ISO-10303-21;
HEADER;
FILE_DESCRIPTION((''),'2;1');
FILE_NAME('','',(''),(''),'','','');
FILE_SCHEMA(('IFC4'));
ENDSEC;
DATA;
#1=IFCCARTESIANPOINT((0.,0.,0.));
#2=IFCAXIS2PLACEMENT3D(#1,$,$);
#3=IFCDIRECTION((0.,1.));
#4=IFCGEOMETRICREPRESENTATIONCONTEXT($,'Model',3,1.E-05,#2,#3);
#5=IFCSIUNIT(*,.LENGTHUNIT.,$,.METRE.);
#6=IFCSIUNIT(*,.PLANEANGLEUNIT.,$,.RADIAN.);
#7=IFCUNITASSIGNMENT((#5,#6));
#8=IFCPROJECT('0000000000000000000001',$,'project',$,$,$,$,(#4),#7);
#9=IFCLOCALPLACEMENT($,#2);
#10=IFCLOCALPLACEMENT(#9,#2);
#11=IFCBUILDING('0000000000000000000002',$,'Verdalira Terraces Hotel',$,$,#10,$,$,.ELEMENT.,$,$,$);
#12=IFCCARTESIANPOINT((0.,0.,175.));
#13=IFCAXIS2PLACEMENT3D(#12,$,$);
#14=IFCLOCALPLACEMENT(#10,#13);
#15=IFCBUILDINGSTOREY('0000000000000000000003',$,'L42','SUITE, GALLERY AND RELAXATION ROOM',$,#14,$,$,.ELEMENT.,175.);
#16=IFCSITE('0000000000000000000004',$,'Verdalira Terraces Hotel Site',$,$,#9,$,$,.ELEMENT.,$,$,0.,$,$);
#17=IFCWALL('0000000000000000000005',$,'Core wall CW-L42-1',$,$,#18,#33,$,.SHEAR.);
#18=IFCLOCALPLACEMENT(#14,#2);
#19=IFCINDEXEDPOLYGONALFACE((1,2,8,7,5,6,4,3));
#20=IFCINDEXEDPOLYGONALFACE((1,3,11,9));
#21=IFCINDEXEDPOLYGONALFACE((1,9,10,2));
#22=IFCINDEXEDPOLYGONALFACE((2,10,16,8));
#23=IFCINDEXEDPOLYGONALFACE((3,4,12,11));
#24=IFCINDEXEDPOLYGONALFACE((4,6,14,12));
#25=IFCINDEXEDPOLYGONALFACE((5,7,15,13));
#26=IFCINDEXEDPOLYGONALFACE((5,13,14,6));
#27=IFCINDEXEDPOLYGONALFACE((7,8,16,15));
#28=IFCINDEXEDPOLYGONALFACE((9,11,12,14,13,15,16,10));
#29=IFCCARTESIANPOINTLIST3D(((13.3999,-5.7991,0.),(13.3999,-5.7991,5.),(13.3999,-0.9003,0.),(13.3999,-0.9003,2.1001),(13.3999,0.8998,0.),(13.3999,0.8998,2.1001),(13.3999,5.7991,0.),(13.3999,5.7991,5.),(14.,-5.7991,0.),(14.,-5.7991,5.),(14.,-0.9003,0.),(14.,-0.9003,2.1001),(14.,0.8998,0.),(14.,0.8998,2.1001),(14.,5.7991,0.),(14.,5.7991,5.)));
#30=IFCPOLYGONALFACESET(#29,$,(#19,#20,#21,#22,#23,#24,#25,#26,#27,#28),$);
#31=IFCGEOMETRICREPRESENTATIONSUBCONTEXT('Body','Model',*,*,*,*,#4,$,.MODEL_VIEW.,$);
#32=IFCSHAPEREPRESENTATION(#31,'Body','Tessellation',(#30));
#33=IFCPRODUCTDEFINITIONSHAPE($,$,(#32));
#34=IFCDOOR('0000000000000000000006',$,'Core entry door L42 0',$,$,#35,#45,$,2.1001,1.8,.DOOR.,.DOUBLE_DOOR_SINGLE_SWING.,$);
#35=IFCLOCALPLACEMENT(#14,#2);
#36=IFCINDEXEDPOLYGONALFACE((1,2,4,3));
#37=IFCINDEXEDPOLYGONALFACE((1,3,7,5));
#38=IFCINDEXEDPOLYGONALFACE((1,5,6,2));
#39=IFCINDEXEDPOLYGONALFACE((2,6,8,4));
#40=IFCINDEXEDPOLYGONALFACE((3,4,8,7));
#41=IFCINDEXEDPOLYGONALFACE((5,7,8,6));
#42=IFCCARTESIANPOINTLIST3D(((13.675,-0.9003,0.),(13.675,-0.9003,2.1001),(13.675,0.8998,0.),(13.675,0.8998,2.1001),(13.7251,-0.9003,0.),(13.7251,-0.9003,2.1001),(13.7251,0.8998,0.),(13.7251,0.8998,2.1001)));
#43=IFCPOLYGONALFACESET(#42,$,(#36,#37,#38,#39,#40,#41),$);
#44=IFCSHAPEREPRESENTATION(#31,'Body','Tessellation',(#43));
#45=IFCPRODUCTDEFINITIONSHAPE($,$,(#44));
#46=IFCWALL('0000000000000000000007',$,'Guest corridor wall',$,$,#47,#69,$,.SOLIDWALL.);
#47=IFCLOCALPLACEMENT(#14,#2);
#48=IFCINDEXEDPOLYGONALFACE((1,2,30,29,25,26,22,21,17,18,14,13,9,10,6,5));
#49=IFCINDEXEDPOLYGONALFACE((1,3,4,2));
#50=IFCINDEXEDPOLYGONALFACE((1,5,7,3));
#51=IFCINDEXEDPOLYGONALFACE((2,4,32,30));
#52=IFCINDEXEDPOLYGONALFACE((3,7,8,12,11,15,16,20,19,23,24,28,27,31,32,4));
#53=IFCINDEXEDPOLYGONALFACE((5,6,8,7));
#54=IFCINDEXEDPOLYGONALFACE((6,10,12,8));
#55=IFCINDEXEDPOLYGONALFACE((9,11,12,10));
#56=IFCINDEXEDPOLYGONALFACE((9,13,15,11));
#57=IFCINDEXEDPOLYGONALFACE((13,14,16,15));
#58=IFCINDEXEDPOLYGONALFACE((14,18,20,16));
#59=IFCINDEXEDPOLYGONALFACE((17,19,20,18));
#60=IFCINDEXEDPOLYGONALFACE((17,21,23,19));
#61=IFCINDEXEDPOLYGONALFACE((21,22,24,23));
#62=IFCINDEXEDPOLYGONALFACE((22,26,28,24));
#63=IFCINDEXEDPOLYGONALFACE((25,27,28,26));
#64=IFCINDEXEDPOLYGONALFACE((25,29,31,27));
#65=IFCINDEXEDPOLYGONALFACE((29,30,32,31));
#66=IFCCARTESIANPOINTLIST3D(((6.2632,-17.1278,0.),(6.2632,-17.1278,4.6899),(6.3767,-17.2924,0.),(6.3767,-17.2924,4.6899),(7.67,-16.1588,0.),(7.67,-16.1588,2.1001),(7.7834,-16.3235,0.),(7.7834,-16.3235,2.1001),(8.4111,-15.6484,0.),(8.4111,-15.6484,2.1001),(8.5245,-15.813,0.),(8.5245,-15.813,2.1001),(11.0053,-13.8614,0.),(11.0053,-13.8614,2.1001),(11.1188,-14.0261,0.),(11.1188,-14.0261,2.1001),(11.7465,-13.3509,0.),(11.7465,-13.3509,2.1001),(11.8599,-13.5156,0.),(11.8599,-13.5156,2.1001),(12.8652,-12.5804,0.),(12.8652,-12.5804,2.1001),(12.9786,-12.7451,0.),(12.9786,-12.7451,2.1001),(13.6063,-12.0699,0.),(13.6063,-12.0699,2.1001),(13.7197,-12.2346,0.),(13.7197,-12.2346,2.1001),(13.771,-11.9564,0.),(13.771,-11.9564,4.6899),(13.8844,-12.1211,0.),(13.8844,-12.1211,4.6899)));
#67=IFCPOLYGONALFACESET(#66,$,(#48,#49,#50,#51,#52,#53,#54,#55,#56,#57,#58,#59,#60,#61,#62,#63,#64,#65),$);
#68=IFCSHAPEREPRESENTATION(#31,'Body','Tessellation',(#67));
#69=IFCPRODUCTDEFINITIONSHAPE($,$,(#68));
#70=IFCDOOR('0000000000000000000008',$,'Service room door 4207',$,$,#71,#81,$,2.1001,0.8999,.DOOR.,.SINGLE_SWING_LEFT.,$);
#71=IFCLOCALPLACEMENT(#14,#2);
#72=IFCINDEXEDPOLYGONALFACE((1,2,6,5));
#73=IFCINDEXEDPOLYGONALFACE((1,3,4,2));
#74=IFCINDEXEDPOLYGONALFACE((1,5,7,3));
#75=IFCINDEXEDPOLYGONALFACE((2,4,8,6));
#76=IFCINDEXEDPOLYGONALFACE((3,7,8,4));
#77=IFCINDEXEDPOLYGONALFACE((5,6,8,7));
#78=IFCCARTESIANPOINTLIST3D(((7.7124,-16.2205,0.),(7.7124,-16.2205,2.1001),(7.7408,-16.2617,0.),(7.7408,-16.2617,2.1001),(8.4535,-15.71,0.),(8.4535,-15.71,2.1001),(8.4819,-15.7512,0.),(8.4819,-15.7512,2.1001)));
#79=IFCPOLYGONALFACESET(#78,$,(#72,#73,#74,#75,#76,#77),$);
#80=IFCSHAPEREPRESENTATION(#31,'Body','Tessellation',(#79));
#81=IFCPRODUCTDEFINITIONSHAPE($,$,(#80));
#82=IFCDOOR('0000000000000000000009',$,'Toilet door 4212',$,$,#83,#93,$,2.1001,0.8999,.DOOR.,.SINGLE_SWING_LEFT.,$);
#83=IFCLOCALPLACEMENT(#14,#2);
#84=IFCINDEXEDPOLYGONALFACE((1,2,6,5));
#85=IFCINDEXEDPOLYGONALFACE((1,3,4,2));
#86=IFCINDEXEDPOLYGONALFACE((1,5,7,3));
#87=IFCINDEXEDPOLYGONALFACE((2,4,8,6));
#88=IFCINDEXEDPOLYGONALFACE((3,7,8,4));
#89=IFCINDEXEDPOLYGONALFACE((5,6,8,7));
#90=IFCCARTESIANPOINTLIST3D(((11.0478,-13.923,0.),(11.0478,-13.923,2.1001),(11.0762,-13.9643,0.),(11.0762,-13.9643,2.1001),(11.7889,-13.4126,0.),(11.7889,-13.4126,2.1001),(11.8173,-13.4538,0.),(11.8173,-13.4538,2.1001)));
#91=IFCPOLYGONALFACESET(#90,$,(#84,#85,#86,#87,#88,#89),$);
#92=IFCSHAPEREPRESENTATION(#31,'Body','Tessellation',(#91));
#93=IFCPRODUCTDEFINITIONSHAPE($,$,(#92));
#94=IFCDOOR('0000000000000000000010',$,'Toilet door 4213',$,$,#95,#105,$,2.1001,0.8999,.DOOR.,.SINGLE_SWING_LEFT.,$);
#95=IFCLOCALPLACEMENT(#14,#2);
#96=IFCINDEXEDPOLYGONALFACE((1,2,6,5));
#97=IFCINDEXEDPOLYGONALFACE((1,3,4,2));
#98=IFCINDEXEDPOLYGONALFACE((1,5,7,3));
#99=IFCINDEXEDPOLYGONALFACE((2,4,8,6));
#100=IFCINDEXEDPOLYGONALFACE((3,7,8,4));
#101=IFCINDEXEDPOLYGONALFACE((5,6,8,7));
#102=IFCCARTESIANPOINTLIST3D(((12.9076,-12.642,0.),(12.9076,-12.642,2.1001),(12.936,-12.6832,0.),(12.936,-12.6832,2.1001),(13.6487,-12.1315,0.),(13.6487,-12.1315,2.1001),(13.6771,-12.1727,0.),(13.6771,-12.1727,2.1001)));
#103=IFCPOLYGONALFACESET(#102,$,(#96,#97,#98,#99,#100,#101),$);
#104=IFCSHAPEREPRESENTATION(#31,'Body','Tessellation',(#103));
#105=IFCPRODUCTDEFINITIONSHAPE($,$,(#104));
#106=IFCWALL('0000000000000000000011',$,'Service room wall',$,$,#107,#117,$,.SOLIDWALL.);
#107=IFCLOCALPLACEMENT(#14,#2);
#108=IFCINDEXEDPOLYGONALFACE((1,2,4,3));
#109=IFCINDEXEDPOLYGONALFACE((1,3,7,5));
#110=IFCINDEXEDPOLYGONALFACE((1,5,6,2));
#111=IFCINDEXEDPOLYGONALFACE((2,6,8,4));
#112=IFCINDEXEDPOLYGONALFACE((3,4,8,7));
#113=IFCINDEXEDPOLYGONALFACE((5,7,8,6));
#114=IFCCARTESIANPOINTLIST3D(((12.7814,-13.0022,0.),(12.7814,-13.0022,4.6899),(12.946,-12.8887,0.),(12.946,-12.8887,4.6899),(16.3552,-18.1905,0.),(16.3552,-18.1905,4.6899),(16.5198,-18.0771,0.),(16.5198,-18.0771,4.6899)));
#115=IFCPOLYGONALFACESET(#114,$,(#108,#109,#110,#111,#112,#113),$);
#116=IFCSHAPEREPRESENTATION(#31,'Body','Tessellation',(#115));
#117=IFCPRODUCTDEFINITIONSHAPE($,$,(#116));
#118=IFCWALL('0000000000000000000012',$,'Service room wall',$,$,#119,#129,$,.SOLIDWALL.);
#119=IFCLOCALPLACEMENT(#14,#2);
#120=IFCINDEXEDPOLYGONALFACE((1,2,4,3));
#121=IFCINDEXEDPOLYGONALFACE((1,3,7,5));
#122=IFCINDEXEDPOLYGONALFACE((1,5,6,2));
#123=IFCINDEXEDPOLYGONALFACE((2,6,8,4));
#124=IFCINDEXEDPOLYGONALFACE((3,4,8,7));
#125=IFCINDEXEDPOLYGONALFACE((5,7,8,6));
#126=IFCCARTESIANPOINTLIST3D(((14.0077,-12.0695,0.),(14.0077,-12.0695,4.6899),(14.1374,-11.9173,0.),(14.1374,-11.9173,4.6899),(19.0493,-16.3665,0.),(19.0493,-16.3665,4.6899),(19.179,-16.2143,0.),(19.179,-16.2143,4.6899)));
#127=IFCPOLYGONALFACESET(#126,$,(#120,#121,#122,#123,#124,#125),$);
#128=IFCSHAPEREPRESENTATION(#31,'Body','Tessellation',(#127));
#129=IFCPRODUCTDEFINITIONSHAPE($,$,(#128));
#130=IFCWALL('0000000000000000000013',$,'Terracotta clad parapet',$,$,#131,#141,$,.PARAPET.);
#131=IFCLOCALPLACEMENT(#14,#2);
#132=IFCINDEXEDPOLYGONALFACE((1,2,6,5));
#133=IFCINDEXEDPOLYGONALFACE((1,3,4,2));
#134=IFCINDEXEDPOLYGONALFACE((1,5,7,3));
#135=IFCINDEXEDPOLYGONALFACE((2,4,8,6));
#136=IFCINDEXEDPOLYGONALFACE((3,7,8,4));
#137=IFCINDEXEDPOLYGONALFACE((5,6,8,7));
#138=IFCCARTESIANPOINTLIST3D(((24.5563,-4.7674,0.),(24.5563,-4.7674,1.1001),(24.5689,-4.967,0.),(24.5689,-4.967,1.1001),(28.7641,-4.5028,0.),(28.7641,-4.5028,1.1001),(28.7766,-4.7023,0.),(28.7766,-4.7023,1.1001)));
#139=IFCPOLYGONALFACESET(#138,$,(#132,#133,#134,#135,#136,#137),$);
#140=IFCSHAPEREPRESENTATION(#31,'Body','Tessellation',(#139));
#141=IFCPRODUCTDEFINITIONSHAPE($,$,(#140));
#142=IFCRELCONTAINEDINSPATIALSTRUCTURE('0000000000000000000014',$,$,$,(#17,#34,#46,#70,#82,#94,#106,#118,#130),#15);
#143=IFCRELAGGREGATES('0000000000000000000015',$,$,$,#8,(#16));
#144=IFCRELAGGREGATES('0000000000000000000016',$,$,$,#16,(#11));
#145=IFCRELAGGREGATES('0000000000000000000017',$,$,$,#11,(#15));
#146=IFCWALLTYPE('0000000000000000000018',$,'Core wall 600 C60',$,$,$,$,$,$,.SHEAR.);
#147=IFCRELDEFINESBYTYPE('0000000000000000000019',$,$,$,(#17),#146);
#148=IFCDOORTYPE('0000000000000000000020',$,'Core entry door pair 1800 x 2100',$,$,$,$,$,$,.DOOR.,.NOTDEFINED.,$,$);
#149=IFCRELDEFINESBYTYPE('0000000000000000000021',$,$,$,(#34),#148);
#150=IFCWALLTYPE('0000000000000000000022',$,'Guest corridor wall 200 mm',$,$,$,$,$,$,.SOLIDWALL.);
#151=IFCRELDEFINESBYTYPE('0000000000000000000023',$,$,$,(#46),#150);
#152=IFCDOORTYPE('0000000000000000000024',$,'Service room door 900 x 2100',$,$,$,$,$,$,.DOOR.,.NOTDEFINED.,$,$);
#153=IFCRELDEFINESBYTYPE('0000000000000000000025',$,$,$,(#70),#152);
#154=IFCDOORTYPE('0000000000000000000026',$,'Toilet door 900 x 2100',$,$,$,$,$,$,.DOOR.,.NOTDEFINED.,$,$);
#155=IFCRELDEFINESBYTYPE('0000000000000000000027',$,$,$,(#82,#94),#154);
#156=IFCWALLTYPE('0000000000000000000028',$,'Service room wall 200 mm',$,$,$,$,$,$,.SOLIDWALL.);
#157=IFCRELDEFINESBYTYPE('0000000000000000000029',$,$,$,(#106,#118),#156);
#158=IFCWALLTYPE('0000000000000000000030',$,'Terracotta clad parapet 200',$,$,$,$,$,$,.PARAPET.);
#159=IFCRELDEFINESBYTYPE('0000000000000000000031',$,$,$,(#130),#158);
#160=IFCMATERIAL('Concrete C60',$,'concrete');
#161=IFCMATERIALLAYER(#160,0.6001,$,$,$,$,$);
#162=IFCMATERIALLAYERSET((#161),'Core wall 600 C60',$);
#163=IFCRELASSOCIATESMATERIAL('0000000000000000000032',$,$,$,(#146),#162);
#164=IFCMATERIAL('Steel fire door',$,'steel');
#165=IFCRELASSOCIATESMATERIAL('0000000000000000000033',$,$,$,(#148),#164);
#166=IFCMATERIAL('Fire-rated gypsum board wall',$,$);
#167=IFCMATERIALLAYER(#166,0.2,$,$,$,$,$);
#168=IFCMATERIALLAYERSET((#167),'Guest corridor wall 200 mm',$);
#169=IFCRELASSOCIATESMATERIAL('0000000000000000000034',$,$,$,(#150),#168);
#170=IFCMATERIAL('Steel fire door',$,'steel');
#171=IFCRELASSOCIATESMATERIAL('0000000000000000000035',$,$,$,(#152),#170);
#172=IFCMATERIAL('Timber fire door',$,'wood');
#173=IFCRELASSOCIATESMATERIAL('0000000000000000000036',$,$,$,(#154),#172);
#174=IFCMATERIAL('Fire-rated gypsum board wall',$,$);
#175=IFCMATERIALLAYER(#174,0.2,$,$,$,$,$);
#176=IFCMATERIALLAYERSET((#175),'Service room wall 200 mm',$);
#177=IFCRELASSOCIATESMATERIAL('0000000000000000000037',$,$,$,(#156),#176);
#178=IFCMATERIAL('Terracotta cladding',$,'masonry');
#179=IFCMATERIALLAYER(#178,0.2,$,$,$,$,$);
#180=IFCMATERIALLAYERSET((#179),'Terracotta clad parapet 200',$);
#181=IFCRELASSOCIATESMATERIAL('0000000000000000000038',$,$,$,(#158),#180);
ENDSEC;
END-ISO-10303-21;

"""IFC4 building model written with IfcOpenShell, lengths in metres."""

from ifc_helpers import new_model, si_unit, direction, frame, frame_2d, origin, place, context, subcontext, project, spatial, rectangle, extrude, material, layer, layer_set, type_object, element, fill, save


model = new_model("IFC4")

# Units and contexts
model_context = context("Model", 3, precision=1e-05, world=origin(), true_north=direction((0.0, 1.0)))
body_context = subcontext(model_context, "Body", "Model", "MODEL_VIEW")
ifc_project = project(units=[si_unit("LENGTHUNIT", "METRE"), si_unit("PLANEANGLEUNIT", "RADIAN")], contexts=[model_context])

# Site, building, storey
site_placement = place(None, origin())
site = spatial("IfcSite", under=ifc_project, at=site_placement, Name="Verdalira Terraces Hotel Site", CompositionType="ELEMENT", RefElevation=0.0)
building_placement = place(site_placement, origin())
building = spatial("IfcBuilding", under=site, at=building_placement, Name="Verdalira Terraces Hotel", CompositionType="ELEMENT")
storey_placement = place(building_placement, frame((0.0, 0.0, 175.0)))
storey = spatial("IfcBuildingStorey", under=building, at=storey_placement, Name="L42", Description="SUITE, GALLERY AND RELAXATION ROOM", CompositionType="ELEMENT", Elevation=175.0)

# Wall, opening, door
ifc_material_1 = material(Name="Concrete C60", Category="concrete")
ifc_layer_1 = layer(ifc_material_1, 0.6001)
ifc_layer_set_1 = layer_set([ifc_layer_1], Name="Core wall 600 C60")
wall_type_1 = type_object("IfcWallType", Name="Core wall 600 C60", PredefinedType="SHEAR", material=ifc_layer_set_1)
wall_1_placement = place(storey_placement, frame((13.7, -5.7991, 0.0), z_axis=(0.0, 0.0, 1.0), x_axis=(0.0, 1.0, 0.0)))
wall_1 = element("IfcWall", 1, at=wall_1_placement, inside=storey, type_object=wall_type_1, Name="Core wall CW-L42-1", PredefinedType="SHEAR", context=body_context, shape_type="SweptSolid", body=[
    extrude(rectangle(XDim=11.5981, YDim=0.6001, at=frame_2d((5.7991, 0.0))), origin(), (0.0, 0.0, 1.0), 5.0),
])
opening_1_placement = place(wall_1_placement, frame((4.8989, 0.0, 0.0)))
opening_1 = element("IfcOpeningElement", 2, at=opening_1_placement, cuts=wall_1, PredefinedType="OPENING", context=body_context, shape_type="SweptSolid", body=[
    extrude(rectangle(XDim=1.8, YDim=2.1001, at=frame_2d((0.8999, 1.05))), frame((0.0, 0.3101, 0.0), z_axis=(0.0, -1.0, 0.0), x_axis=(1.0, 0.0, 0.0)), (0.0, 0.0, 1.0), 0.6201),
])
ifc_material_2 = material(Name="Steel fire door", Category="steel")
door_type_1 = type_object("IfcDoorType", Name="Core entry door pair 1800 x 2100", OperationType="NOTDEFINED", PredefinedType="DOOR", material=ifc_material_2)
door_1_placement = place(opening_1_placement, origin())
door_1 = element("IfcDoor", 3, at=door_1_placement, inside=storey, type_object=door_type_1, Name="Core entry door L42 0", OperationType="DOUBLE_DOOR_SINGLE_SWING", OverallHeight=2.1001, OverallWidth=1.8, PredefinedType="DOOR", context=body_context, shape_type="SweptSolid", body=[
    extrude(rectangle(XDim=1.8, YDim=2.1001, at=frame_2d((0.8999, 1.05))), frame((0.0, 0.0249, 0.0), z_axis=(0.0, -1.0, 0.0), x_axis=(1.0, 0.0, 0.0)), (0.0, 0.0, 1.0), 0.05),
])
fill(opening_1, door_1)

# Wall, openings, doors
ifc_material_3 = material(Name="Fire-rated gypsum board wall")
ifc_layer_2 = layer(ifc_material_3, 0.2)
ifc_layer_set_2 = layer_set([ifc_layer_2], Name="Guest corridor wall 200 mm")
wall_type_2 = type_object("IfcWallType", Name="Guest corridor wall 200 mm", PredefinedType="SOLIDWALL", material=ifc_layer_set_2)
wall_2_placement = place(storey_placement, frame((13.8276, -12.0388, 0.0), z_axis=(0.0, 0.0, 1.0), x_axis=(-0.823542, -0.567256, 0.0)))
wall_2 = element("IfcWall", 4, at=wall_2_placement, inside=storey, type_object=wall_type_2, Name="Guest corridor wall", PredefinedType="SOLIDWALL", context=body_context, shape_type="SweptSolid", body=[
    extrude(rectangle(XDim=9.1165, YDim=0.2, at=frame_2d((4.5581, 0.0))), origin(), (0.0, 0.0, 1.0), 4.6899),
])
opening_2_placement = place(wall_2_placement, frame((6.5083, 0.0, 0.0)))
opening_2 = element("IfcOpeningElement", 5, at=opening_2_placement, cuts=wall_2, PredefinedType="OPENING", context=body_context, shape_type="SweptSolid", body=[
    extrude(rectangle(XDim=0.8999, YDim=2.1001, at=frame_2d((0.45, 1.05))), frame((0.0, 0.1099, 0.0), z_axis=(0.0, -1.0, 0.0), x_axis=(1.0, 0.0, 0.0)), (0.0, 0.0, 1.0), 0.22),
])
opening_3_placement = place(wall_2_placement, frame((2.4583, 0.0, 0.0)))
opening_3 = element("IfcOpeningElement", 6, at=opening_3_placement, cuts=wall_2, PredefinedType="OPENING", context=body_context, shape_type="SweptSolid", body=[
    extrude(rectangle(XDim=0.8999, YDim=2.1001, at=frame_2d((0.45, 1.05))), frame((0.0, 0.1099, 0.0), z_axis=(0.0, -1.0, 0.0), x_axis=(1.0, 0.0, 0.0)), (0.0, 0.0, 1.0), 0.22),
])
opening_4_placement = place(wall_2_placement, frame((0.2, 0.0, 0.0)))
opening_4 = element("IfcOpeningElement", 7, at=opening_4_placement, cuts=wall_2, PredefinedType="OPENING", context=body_context, shape_type="SweptSolid", body=[
    extrude(rectangle(XDim=0.8999, YDim=2.1001, at=frame_2d((0.45, 1.05))), frame((0.0, 0.1099, 0.0), z_axis=(0.0, -1.0, 0.0), x_axis=(1.0, 0.0, 0.0)), (0.0, 0.0, 1.0), 0.22),
])
ifc_material_4 = material(Name="Steel fire door", Category="steel")
door_type_2 = type_object("IfcDoorType", Name="Service room door 900 x 2100", OperationType="NOTDEFINED", PredefinedType="DOOR", material=ifc_material_4)
door_2_placement = place(opening_2_placement, origin())
door_2 = element("IfcDoor", 8, at=door_2_placement, inside=storey, type_object=door_type_2, Name="Service room door 4207", OperationType="SINGLE_SWING_LEFT", OverallHeight=2.1001, OverallWidth=0.8999, PredefinedType="DOOR", context=body_context, shape_type="SweptSolid", body=[
    extrude(rectangle(XDim=0.8999, YDim=2.1001, at=frame_2d((0.45, 1.05))), frame((0.0, 0.0249, 0.0), z_axis=(0.0, -1.0, 0.0), x_axis=(1.0, 0.0, 0.0)), (0.0, 0.0, 1.0), 0.05),
])
fill(opening_2, door_2)
ifc_material_5 = material(Name="Timber fire door", Category="wood")
door_type_3 = type_object("IfcDoorType", Name="Toilet door 900 x 2100", OperationType="NOTDEFINED", PredefinedType="DOOR", material=ifc_material_5)
door_3_placement = place(opening_3_placement, origin())
door_3 = element("IfcDoor", 9, at=door_3_placement, inside=storey, type_object=door_type_3, Name="Toilet door 4212", OperationType="SINGLE_SWING_LEFT", OverallHeight=2.1001, OverallWidth=0.8999, PredefinedType="DOOR", context=body_context, shape_type="SweptSolid", body=[
    extrude(rectangle(XDim=0.8999, YDim=2.1001, at=frame_2d((0.45, 1.05))), frame((0.0, 0.0249, 0.0), z_axis=(0.0, -1.0, 0.0), x_axis=(1.0, 0.0, 0.0)), (0.0, 0.0, 1.0), 0.05),
])
fill(opening_3, door_3)
door_4_placement = place(opening_4_placement, origin())
door_4 = element("IfcDoor", 10, at=door_4_placement, inside=storey, type_object=door_type_3, Name="Toilet door 4213", OperationType="SINGLE_SWING_LEFT", OverallHeight=2.1001, OverallWidth=0.8999, PredefinedType="DOOR", context=body_context, shape_type="SweptSolid", body=[
    extrude(rectangle(XDim=0.8999, YDim=2.1001, at=frame_2d((0.45, 1.05))), frame((0.0, 0.0249, 0.0), z_axis=(0.0, -1.0, 0.0), x_axis=(1.0, 0.0, 0.0)), (0.0, 0.0, 1.0), 0.05),
])
fill(opening_4, door_4)

# Walls
ifc_material_6 = material(Name="Fire-rated gypsum board wall")
ifc_layer_3 = layer(ifc_material_6, 0.2)
ifc_layer_set_3 = layer_set([ifc_layer_3], Name="Service room wall 200 mm")
wall_type_3 = type_object("IfcWallType", Name="Service room wall 200 mm", PredefinedType="SOLIDWALL", material=ifc_layer_set_3)
wall_3_placement = place(storey_placement, frame((12.8638, -12.9456, 0.0), z_axis=(0.0, 0.0, 1.0), x_axis=(0.567264, -0.823536, 0.0)))
element("IfcWall", 11, at=wall_3_placement, inside=storey, type_object=wall_type_3, Name="Service room wall", PredefinedType="SOLIDWALL", context=body_context, shape_type="SweptSolid", body=[
    extrude(rectangle(XDim=6.3, YDim=0.2, at=frame_2d((3.1499, 0.0))), origin(), (0.0, 0.0, 1.0), 4.6899),
])
wall_4_placement = place(storey_placement, frame((19.114, -16.2903, 0.0), z_axis=(0.0, 0.0, 1.0), x_axis=(-0.761075, 0.648664, 0.0)))
element("IfcWall", 12, at=wall_4_placement, inside=storey, type_object=wall_type_3, Name="Service room wall", PredefinedType="SOLIDWALL", context=body_context, shape_type="SweptSolid", body=[
    extrude(rectangle(XDim=6.6243, YDim=0.2, at=frame_2d((3.312, 0.0))), origin(), (0.0, 0.0, 1.0), 4.6899),
])
ifc_material_7 = material(Name="Terracotta cladding", Category="masonry")
ifc_layer_4 = layer(ifc_material_7, 0.2)
ifc_layer_set_4 = layer_set([ifc_layer_4], Name="Terracotta clad parapet 200")
wall_type_4 = type_object("IfcWallType", Name="Terracotta clad parapet 200", PredefinedType="PARAPET", material=ifc_layer_set_4)
wall_5_placement = place(storey_placement, frame((24.5627, -4.8672, 0.0), z_axis=(0.0, 0.0, 1.0), x_axis=(0.998028, 0.062771, 0.0)))
element("IfcWall", 13, at=wall_5_placement, inside=storey, type_object=wall_type_4, Name="Terracotta clad parapet", PredefinedType="PARAPET", context=body_context, shape_type="SweptSolid", body=[
    extrude(rectangle(XDim=4.2161, YDim=0.2, at=frame_2d((2.1079, 0.0))), origin(), (0.0, 0.0, 1.0), 1.1001),
])

save(model, "model.ifc")
